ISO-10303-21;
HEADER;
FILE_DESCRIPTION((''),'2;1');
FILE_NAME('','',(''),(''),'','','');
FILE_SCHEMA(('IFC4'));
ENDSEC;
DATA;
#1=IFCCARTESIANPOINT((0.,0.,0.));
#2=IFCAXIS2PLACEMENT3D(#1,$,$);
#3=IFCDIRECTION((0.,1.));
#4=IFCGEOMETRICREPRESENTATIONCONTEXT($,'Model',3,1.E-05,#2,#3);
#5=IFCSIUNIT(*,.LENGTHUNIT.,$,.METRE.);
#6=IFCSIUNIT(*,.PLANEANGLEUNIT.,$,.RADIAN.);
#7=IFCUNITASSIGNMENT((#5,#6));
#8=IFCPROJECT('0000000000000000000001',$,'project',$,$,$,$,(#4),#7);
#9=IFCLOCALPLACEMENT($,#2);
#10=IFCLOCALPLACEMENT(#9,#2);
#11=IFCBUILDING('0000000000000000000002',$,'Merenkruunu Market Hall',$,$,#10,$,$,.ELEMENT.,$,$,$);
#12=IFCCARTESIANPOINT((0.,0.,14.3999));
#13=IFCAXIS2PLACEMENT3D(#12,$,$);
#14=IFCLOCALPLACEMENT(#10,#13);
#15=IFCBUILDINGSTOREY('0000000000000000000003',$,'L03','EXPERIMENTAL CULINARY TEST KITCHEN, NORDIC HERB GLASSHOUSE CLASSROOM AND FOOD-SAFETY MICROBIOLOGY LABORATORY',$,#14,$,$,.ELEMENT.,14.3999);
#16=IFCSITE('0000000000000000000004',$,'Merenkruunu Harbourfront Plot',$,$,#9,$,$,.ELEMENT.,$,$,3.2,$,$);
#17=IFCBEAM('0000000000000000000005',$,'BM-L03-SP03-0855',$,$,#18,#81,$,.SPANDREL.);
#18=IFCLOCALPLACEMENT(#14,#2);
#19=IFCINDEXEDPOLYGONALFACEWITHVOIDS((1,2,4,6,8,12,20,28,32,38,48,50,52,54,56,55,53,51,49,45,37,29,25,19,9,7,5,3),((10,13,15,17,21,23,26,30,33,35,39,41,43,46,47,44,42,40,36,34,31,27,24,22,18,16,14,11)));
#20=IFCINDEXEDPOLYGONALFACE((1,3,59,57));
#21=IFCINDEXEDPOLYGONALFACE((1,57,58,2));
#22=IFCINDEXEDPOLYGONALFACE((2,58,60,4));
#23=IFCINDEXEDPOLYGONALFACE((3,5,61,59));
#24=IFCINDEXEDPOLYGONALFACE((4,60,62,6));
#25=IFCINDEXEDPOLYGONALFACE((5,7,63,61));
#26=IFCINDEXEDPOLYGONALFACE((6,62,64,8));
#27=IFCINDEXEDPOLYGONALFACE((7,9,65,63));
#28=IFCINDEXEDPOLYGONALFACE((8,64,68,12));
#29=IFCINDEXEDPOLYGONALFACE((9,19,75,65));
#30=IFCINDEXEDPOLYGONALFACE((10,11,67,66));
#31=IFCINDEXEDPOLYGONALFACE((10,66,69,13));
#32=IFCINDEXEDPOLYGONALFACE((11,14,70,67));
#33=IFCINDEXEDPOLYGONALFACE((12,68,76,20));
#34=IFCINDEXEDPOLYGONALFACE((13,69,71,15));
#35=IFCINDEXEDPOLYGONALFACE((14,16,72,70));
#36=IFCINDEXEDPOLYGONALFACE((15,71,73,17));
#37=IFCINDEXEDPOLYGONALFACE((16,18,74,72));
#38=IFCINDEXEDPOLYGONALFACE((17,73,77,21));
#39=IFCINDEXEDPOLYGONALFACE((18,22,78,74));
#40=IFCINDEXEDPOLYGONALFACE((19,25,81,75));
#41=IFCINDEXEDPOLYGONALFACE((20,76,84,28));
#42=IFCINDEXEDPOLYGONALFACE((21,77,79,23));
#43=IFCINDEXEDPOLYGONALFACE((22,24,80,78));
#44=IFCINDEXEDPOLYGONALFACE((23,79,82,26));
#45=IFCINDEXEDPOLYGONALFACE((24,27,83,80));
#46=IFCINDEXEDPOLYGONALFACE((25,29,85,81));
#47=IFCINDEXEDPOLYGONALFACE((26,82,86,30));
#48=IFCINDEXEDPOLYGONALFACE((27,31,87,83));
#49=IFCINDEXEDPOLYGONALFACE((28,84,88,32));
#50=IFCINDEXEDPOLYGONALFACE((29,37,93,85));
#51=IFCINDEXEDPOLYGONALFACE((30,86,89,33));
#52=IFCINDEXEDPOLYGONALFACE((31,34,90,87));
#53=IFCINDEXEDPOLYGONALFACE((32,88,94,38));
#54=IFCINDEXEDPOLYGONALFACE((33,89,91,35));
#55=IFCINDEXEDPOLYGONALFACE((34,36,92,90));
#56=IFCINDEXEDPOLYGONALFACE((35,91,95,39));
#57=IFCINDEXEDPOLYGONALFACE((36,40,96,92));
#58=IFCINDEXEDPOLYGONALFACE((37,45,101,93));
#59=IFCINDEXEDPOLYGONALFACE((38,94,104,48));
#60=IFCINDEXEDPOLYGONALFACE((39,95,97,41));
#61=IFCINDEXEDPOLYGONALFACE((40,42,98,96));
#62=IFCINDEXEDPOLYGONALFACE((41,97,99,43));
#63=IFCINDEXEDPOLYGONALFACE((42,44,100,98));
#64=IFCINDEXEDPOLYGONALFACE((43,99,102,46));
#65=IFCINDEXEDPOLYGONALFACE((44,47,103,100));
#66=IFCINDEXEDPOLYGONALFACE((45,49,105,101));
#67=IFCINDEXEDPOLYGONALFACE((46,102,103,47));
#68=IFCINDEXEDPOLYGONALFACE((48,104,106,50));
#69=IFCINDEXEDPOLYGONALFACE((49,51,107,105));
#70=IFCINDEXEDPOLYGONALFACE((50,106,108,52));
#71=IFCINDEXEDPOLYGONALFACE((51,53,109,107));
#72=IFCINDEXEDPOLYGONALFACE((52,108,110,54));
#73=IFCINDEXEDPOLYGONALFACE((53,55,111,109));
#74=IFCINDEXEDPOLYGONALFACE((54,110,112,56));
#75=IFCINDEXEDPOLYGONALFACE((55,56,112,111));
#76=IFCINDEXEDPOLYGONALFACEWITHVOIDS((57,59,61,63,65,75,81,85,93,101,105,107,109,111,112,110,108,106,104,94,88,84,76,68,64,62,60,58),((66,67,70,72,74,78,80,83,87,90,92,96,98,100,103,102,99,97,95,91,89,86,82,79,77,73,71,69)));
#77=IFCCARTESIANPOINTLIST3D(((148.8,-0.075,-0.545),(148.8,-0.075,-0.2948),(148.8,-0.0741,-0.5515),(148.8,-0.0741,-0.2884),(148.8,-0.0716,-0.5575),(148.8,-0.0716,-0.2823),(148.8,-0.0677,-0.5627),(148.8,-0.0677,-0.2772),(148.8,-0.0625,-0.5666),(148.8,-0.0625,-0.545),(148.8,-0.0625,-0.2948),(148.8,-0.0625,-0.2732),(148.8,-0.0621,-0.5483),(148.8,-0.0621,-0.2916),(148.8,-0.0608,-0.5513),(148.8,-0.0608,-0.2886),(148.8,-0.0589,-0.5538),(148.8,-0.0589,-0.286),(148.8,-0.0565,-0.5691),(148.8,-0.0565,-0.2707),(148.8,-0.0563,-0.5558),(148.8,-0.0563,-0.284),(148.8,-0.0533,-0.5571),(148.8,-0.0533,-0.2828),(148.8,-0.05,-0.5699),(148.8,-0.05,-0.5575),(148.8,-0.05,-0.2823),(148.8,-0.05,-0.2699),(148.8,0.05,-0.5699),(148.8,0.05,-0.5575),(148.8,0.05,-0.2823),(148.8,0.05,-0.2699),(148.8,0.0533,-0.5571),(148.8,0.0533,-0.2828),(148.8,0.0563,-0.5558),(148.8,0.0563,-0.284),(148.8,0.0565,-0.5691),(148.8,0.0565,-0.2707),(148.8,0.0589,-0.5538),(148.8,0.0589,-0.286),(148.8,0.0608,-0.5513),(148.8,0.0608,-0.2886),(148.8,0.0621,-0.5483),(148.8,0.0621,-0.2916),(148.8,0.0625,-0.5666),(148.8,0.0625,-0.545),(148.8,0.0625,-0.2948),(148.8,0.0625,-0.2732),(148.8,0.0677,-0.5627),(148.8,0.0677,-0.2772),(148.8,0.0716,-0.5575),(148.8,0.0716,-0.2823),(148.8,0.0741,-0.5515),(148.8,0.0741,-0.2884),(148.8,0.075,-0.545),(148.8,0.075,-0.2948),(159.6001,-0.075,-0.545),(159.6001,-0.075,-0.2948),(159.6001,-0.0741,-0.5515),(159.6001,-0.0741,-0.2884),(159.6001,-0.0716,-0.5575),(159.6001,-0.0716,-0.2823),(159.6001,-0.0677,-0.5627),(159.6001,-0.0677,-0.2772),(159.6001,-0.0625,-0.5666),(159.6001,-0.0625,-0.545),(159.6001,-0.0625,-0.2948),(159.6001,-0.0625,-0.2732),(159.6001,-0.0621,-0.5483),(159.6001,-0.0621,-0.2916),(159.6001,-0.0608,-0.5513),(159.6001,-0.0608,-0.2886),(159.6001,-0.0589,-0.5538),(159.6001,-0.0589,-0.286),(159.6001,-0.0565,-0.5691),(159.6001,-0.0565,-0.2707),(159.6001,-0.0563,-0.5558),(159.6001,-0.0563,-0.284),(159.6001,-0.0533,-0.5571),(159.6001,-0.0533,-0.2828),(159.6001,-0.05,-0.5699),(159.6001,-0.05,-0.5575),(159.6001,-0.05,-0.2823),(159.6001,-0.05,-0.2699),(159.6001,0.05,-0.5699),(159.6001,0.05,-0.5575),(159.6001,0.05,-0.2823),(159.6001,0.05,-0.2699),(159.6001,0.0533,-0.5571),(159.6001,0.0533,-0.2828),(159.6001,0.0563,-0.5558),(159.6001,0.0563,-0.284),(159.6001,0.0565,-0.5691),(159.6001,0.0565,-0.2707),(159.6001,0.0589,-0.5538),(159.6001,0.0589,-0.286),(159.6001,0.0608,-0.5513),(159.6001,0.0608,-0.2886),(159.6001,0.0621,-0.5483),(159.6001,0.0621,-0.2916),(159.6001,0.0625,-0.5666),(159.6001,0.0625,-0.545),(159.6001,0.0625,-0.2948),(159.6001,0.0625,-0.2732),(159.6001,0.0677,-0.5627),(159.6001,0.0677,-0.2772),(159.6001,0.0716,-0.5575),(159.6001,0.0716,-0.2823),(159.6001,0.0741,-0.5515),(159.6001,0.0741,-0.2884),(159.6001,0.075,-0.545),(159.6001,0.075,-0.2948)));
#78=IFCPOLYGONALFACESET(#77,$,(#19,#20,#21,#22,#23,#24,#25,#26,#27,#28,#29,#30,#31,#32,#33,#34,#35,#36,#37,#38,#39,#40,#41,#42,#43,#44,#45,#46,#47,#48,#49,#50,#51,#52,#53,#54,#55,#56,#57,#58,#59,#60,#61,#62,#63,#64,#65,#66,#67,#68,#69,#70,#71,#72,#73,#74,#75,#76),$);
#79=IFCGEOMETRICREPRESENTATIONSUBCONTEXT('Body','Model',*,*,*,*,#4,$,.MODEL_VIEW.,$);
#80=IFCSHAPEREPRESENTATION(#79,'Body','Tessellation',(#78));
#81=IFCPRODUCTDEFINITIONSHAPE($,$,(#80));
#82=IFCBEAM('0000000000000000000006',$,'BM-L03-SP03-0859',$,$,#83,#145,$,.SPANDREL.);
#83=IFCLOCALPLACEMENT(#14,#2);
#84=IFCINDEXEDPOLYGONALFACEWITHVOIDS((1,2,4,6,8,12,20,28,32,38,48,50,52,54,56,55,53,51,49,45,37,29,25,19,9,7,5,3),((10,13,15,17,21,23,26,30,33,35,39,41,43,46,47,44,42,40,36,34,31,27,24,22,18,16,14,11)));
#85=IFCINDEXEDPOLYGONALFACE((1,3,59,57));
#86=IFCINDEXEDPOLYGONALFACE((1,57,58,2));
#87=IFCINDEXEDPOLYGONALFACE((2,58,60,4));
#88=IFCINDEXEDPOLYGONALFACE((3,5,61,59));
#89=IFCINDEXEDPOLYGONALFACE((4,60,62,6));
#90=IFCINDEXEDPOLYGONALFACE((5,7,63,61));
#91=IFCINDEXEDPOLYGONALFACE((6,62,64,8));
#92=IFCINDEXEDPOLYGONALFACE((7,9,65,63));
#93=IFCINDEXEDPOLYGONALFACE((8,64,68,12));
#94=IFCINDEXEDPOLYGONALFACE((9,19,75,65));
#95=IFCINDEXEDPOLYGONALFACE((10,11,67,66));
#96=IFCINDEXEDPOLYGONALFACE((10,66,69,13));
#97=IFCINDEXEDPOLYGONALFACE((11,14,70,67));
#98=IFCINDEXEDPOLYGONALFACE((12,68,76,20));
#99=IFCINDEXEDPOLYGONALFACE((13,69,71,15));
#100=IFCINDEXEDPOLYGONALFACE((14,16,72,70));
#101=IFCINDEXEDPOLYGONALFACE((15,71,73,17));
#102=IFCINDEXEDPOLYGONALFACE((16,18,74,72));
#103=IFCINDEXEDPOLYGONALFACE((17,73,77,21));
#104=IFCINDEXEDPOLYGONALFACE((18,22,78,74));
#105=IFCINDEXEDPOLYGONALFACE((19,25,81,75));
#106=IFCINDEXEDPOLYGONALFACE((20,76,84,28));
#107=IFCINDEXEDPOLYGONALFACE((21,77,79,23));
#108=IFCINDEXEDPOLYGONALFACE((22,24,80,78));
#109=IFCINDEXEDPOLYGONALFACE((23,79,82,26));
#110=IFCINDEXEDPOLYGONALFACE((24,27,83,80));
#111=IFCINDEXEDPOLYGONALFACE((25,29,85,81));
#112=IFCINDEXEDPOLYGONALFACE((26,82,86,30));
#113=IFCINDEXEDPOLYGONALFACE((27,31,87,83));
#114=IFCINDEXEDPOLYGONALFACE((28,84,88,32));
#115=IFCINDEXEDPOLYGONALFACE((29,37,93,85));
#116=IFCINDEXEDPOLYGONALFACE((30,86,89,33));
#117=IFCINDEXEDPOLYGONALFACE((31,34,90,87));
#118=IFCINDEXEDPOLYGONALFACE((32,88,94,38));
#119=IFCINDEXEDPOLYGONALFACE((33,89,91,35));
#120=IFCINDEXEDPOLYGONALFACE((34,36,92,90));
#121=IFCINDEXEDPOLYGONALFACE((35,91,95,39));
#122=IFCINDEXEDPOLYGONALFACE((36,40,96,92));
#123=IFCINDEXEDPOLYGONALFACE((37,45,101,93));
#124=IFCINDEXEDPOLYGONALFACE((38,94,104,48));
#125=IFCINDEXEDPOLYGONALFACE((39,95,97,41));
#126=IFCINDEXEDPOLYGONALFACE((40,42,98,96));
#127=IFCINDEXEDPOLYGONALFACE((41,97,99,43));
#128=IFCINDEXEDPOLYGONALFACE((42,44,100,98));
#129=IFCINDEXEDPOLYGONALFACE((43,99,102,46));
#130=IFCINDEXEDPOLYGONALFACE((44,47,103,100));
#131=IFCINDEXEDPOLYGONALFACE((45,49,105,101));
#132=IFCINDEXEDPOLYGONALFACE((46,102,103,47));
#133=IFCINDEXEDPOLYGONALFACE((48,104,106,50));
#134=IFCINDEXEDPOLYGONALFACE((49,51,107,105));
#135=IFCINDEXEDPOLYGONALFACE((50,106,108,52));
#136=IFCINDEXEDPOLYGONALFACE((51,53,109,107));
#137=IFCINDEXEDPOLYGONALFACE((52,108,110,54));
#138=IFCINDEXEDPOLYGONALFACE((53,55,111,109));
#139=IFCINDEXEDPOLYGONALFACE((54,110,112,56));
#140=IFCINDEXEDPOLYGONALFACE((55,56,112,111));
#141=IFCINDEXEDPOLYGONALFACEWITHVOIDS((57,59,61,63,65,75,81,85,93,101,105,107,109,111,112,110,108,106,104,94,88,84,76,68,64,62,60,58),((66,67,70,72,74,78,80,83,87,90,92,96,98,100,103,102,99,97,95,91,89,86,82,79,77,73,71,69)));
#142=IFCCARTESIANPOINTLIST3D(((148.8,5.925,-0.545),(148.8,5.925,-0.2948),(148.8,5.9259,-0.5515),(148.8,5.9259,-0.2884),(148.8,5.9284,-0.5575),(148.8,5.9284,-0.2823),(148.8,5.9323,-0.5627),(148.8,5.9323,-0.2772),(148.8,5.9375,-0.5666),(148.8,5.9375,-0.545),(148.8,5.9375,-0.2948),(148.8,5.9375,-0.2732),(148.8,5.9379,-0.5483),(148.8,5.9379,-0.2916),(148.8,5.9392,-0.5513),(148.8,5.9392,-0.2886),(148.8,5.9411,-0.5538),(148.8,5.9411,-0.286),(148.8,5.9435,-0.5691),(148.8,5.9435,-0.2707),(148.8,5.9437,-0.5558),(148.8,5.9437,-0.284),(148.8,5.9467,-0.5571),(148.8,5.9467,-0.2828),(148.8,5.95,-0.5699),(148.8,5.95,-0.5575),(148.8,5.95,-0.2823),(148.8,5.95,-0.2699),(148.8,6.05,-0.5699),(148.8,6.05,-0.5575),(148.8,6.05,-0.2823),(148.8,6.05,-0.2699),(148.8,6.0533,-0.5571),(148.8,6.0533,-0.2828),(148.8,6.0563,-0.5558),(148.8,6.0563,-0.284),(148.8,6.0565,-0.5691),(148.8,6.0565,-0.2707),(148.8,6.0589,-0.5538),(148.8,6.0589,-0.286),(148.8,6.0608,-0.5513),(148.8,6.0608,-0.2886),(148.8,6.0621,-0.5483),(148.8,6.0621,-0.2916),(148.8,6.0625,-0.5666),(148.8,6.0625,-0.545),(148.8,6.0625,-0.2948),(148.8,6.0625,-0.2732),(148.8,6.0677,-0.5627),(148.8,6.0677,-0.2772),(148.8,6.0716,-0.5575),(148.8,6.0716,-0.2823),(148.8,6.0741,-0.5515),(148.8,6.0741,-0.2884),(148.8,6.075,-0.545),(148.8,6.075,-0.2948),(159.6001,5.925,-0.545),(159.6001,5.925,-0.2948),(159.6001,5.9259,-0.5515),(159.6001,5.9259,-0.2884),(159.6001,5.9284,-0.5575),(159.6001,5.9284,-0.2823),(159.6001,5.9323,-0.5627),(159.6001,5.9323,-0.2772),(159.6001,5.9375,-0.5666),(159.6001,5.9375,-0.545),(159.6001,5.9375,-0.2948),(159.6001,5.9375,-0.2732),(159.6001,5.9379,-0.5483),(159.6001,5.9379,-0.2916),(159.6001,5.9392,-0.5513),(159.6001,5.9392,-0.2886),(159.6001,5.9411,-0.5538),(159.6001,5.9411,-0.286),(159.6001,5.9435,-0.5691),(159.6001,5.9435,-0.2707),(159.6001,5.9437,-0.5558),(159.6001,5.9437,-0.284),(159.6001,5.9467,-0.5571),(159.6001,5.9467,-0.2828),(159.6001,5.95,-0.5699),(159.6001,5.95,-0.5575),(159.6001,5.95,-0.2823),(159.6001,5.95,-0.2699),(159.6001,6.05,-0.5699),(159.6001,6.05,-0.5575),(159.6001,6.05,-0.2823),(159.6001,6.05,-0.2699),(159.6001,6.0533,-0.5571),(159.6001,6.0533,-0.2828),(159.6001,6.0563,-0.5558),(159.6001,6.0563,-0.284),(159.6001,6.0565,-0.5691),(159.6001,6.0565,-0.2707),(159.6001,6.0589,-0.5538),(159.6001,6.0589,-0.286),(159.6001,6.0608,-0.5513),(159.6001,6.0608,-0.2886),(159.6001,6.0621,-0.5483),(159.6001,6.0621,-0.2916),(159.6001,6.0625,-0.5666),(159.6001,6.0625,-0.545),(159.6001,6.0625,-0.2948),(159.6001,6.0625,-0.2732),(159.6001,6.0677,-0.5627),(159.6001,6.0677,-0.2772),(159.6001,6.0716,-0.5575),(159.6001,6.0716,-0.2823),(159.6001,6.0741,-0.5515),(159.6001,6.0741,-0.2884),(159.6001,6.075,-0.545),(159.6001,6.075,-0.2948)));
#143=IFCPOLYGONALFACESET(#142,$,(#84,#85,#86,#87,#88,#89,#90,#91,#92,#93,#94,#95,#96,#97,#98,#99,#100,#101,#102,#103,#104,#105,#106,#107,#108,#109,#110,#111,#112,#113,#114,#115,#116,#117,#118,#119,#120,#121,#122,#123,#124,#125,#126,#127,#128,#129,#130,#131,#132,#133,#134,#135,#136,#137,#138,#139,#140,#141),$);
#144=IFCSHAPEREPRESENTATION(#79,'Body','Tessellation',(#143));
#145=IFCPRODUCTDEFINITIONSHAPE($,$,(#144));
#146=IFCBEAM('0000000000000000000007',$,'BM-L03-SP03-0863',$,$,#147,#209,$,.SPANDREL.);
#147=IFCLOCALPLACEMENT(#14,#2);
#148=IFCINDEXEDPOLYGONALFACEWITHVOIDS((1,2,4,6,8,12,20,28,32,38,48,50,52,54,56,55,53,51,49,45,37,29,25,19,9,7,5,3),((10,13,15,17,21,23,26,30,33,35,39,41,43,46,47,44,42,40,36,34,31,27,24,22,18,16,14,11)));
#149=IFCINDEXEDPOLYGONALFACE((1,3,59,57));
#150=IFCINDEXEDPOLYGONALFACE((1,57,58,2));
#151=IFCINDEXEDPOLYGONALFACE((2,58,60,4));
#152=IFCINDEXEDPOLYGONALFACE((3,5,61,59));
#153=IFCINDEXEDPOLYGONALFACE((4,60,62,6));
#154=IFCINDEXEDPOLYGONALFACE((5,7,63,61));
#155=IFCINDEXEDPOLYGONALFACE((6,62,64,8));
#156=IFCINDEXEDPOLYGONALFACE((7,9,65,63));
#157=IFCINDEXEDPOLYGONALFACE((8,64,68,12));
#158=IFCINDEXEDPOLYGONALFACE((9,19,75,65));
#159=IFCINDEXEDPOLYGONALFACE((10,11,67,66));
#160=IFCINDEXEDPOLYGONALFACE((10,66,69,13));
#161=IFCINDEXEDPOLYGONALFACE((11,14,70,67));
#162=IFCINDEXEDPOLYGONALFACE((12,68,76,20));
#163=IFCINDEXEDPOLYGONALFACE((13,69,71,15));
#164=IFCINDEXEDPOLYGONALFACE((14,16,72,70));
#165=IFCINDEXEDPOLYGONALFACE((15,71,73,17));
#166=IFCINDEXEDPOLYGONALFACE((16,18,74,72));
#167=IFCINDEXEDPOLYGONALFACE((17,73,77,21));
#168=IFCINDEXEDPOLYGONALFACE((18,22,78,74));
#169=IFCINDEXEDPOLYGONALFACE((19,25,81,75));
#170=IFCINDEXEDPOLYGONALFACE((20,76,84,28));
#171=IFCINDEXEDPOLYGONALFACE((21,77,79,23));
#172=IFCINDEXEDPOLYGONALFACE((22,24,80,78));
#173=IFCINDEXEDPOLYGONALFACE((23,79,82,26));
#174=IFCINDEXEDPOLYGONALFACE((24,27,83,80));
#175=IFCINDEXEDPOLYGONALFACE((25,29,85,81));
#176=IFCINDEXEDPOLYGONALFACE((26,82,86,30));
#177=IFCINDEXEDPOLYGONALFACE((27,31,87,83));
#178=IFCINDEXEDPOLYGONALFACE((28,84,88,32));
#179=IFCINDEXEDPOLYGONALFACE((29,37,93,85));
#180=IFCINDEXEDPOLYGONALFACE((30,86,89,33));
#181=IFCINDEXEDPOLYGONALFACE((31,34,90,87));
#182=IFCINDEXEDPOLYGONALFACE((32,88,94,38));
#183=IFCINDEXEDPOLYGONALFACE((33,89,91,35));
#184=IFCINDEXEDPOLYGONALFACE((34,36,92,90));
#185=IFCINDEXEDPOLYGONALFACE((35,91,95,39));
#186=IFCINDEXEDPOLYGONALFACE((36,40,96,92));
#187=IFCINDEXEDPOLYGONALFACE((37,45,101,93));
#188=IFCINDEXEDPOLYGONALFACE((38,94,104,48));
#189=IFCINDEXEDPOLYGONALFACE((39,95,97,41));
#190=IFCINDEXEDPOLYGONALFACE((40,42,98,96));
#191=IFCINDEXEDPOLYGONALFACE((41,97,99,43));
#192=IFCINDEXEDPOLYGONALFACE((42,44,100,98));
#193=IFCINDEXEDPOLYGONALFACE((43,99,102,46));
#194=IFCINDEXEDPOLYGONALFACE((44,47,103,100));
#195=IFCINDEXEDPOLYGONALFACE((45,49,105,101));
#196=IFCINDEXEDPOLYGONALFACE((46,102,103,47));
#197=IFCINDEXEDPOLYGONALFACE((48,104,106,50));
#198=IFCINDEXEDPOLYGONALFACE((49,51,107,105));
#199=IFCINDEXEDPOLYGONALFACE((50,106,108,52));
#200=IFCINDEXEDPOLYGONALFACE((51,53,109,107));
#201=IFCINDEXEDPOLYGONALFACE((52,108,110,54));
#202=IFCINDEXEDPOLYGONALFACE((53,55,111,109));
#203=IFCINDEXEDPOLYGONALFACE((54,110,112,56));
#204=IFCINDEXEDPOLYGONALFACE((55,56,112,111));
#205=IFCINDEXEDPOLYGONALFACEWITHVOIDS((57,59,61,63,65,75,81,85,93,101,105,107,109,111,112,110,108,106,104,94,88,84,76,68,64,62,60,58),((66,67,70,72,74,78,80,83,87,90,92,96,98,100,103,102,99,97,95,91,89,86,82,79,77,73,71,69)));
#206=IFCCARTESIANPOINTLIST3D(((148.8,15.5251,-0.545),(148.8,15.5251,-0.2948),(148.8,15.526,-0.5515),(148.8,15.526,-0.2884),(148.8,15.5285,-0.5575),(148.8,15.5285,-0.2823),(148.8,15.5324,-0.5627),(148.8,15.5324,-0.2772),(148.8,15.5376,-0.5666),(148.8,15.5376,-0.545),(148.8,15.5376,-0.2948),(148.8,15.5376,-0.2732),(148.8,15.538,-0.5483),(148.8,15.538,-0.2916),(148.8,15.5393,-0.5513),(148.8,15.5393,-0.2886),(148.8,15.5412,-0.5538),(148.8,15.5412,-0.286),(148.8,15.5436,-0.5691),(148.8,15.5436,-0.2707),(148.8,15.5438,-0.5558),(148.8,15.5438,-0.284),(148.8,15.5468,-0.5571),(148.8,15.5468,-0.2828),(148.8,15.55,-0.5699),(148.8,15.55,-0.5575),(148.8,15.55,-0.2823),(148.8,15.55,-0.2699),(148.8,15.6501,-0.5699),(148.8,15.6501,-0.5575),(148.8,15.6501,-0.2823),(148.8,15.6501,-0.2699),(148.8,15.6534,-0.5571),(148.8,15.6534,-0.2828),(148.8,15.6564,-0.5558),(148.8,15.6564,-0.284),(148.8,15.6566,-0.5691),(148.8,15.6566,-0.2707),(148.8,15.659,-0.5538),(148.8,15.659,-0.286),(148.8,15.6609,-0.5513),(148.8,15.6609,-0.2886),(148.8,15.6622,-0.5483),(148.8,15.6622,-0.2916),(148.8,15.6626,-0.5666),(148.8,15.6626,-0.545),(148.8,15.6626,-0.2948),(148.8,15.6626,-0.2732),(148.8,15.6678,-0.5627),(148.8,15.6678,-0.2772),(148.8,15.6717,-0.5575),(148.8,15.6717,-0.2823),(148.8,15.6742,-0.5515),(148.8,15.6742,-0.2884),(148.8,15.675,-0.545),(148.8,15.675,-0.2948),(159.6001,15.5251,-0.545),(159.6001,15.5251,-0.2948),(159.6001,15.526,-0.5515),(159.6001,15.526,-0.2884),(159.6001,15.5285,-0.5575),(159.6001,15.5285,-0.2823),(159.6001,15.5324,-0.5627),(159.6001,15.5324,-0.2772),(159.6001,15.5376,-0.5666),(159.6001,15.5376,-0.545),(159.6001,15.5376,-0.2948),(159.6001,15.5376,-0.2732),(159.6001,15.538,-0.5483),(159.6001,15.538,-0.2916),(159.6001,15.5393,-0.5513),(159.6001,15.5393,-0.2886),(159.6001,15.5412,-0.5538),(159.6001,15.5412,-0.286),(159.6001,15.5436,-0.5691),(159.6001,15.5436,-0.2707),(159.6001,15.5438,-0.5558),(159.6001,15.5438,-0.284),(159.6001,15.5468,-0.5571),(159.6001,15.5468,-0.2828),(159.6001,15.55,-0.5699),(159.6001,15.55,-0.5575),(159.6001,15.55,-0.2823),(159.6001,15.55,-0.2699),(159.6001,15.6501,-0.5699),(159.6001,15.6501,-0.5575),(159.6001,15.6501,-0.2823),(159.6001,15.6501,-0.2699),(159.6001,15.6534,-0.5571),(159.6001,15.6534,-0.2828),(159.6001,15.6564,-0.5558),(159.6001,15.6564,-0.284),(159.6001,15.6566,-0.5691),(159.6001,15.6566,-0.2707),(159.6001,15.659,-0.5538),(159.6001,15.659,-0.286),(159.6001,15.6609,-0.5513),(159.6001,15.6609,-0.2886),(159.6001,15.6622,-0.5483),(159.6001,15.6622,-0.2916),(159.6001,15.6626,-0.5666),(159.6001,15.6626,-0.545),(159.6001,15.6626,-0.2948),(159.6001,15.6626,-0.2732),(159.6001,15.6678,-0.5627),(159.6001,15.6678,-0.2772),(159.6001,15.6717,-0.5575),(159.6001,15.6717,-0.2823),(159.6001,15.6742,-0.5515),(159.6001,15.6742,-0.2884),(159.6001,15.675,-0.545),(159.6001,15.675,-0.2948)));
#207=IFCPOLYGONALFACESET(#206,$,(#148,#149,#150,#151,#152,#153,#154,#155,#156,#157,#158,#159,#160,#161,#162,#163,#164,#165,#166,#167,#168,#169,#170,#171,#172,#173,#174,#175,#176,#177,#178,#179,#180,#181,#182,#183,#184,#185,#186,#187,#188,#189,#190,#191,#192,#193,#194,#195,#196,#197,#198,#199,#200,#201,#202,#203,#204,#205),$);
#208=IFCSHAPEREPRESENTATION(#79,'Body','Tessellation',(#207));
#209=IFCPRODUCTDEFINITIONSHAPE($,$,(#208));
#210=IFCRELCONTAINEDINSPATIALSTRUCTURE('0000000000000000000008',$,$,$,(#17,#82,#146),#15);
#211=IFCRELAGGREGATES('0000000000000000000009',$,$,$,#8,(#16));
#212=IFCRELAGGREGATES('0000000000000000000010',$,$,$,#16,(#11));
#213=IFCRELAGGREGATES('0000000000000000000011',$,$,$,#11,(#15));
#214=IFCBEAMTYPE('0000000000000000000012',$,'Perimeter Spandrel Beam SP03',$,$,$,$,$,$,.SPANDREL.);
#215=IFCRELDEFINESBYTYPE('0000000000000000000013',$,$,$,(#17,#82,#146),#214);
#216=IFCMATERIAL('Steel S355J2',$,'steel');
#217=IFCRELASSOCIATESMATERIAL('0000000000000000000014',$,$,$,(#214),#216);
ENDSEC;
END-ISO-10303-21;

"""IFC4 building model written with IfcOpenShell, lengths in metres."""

from ifc_helpers import new_model, si_unit, direction, frame, origin, origin_2d, place, context, subcontext, project, spatial, hollow_rectangle, extrude, material, material_profile, profile_set, type_object, element, save


model = new_model("IFC4")

# Units and contexts
model_context = context("Model", 3, precision=1e-05, world=origin(), true_north=direction((0.0, 1.0)))
body_context = subcontext(model_context, "Body", "Model", "MODEL_VIEW")
ifc_project = project(units=[si_unit("LENGTHUNIT", "METRE"), si_unit("PLANEANGLEUNIT", "RADIAN")], contexts=[model_context])

# Site, building, storey
site_placement = place(None, origin())
site = spatial("IfcSite", under=ifc_project, at=site_placement, Name="Merenkruunu Harbourfront Plot", CompositionType="ELEMENT", RefElevation=3.2)
building_placement = place(site_placement, origin())
building = spatial("IfcBuilding", under=site, at=building_placement, Name="Merenkruunu Market Hall", CompositionType="ELEMENT")
storey_placement = place(building_placement, frame((0.0, 0.0, 14.3999)))
storey = spatial("IfcBuildingStorey", under=building, at=storey_placement, Name="L03", Description="EXPERIMENTAL CULINARY TEST KITCHEN, NORDIC HERB GLASSHOUSE CLASSROOM AND FOOD-SAFETY MICROBIOLOGY LABORATORY", CompositionType="ELEMENT", Elevation=14.3999)

# Beams
ifc_material_1 = material(Name="Steel S355J2", Category="steel")
ifc_material_profile_1 = material_profile(ifc_material_1, hollow_rectangle(XDim=0.1499, YDim=0.3, WallThickness=0.0125, InnerFilletRadius=0.0125, OuterFilletRadius=0.0249, at=origin_2d()), Name="RHS 300x150x12.5")
ifc_profile_set_1 = profile_set([ifc_material_profile_1], Name="Steel S355J2")
beam_type_1 = type_object("IfcBeamType", Name="Perimeter Spandrel Beam SP03", PredefinedType="SPANDREL", material=ifc_profile_set_1)
for number, where, z_axis, x_axis, name in (
    (1, (148.8, 0.0, -0.4199), (1.0, 0.0, 0.0), (0.0, 1.0, 0.0), "BM-L03-SP03-0855"),
    (2, (148.8, 6.0, -0.4199), (1.0, 0.0, 0.0), (0.0, 1.0, 0.0), "BM-L03-SP03-0859"),
    (3, (148.8, 15.6001, -0.4199), (1.0, 0.0, 0.0), (0.0, 1.0, 0.0), "BM-L03-SP03-0863"),
):
    element("IfcBeam", number, at=place(storey_placement, frame(where, z_axis=z_axis, x_axis=x_axis)), inside=storey, type_object=beam_type_1, Name=name, PredefinedType="SPANDREL", context=body_context, shape_type="SweptSolid", body=[
        extrude(hollow_rectangle(XDim=0.1499, YDim=0.3, WallThickness=0.0125, InnerFilletRadius=0.0125, OuterFilletRadius=0.0249, at=origin_2d()), origin(), (0.0, 0.0, 1.0), 10.8),
    ])

save(model, "model.ifc")
